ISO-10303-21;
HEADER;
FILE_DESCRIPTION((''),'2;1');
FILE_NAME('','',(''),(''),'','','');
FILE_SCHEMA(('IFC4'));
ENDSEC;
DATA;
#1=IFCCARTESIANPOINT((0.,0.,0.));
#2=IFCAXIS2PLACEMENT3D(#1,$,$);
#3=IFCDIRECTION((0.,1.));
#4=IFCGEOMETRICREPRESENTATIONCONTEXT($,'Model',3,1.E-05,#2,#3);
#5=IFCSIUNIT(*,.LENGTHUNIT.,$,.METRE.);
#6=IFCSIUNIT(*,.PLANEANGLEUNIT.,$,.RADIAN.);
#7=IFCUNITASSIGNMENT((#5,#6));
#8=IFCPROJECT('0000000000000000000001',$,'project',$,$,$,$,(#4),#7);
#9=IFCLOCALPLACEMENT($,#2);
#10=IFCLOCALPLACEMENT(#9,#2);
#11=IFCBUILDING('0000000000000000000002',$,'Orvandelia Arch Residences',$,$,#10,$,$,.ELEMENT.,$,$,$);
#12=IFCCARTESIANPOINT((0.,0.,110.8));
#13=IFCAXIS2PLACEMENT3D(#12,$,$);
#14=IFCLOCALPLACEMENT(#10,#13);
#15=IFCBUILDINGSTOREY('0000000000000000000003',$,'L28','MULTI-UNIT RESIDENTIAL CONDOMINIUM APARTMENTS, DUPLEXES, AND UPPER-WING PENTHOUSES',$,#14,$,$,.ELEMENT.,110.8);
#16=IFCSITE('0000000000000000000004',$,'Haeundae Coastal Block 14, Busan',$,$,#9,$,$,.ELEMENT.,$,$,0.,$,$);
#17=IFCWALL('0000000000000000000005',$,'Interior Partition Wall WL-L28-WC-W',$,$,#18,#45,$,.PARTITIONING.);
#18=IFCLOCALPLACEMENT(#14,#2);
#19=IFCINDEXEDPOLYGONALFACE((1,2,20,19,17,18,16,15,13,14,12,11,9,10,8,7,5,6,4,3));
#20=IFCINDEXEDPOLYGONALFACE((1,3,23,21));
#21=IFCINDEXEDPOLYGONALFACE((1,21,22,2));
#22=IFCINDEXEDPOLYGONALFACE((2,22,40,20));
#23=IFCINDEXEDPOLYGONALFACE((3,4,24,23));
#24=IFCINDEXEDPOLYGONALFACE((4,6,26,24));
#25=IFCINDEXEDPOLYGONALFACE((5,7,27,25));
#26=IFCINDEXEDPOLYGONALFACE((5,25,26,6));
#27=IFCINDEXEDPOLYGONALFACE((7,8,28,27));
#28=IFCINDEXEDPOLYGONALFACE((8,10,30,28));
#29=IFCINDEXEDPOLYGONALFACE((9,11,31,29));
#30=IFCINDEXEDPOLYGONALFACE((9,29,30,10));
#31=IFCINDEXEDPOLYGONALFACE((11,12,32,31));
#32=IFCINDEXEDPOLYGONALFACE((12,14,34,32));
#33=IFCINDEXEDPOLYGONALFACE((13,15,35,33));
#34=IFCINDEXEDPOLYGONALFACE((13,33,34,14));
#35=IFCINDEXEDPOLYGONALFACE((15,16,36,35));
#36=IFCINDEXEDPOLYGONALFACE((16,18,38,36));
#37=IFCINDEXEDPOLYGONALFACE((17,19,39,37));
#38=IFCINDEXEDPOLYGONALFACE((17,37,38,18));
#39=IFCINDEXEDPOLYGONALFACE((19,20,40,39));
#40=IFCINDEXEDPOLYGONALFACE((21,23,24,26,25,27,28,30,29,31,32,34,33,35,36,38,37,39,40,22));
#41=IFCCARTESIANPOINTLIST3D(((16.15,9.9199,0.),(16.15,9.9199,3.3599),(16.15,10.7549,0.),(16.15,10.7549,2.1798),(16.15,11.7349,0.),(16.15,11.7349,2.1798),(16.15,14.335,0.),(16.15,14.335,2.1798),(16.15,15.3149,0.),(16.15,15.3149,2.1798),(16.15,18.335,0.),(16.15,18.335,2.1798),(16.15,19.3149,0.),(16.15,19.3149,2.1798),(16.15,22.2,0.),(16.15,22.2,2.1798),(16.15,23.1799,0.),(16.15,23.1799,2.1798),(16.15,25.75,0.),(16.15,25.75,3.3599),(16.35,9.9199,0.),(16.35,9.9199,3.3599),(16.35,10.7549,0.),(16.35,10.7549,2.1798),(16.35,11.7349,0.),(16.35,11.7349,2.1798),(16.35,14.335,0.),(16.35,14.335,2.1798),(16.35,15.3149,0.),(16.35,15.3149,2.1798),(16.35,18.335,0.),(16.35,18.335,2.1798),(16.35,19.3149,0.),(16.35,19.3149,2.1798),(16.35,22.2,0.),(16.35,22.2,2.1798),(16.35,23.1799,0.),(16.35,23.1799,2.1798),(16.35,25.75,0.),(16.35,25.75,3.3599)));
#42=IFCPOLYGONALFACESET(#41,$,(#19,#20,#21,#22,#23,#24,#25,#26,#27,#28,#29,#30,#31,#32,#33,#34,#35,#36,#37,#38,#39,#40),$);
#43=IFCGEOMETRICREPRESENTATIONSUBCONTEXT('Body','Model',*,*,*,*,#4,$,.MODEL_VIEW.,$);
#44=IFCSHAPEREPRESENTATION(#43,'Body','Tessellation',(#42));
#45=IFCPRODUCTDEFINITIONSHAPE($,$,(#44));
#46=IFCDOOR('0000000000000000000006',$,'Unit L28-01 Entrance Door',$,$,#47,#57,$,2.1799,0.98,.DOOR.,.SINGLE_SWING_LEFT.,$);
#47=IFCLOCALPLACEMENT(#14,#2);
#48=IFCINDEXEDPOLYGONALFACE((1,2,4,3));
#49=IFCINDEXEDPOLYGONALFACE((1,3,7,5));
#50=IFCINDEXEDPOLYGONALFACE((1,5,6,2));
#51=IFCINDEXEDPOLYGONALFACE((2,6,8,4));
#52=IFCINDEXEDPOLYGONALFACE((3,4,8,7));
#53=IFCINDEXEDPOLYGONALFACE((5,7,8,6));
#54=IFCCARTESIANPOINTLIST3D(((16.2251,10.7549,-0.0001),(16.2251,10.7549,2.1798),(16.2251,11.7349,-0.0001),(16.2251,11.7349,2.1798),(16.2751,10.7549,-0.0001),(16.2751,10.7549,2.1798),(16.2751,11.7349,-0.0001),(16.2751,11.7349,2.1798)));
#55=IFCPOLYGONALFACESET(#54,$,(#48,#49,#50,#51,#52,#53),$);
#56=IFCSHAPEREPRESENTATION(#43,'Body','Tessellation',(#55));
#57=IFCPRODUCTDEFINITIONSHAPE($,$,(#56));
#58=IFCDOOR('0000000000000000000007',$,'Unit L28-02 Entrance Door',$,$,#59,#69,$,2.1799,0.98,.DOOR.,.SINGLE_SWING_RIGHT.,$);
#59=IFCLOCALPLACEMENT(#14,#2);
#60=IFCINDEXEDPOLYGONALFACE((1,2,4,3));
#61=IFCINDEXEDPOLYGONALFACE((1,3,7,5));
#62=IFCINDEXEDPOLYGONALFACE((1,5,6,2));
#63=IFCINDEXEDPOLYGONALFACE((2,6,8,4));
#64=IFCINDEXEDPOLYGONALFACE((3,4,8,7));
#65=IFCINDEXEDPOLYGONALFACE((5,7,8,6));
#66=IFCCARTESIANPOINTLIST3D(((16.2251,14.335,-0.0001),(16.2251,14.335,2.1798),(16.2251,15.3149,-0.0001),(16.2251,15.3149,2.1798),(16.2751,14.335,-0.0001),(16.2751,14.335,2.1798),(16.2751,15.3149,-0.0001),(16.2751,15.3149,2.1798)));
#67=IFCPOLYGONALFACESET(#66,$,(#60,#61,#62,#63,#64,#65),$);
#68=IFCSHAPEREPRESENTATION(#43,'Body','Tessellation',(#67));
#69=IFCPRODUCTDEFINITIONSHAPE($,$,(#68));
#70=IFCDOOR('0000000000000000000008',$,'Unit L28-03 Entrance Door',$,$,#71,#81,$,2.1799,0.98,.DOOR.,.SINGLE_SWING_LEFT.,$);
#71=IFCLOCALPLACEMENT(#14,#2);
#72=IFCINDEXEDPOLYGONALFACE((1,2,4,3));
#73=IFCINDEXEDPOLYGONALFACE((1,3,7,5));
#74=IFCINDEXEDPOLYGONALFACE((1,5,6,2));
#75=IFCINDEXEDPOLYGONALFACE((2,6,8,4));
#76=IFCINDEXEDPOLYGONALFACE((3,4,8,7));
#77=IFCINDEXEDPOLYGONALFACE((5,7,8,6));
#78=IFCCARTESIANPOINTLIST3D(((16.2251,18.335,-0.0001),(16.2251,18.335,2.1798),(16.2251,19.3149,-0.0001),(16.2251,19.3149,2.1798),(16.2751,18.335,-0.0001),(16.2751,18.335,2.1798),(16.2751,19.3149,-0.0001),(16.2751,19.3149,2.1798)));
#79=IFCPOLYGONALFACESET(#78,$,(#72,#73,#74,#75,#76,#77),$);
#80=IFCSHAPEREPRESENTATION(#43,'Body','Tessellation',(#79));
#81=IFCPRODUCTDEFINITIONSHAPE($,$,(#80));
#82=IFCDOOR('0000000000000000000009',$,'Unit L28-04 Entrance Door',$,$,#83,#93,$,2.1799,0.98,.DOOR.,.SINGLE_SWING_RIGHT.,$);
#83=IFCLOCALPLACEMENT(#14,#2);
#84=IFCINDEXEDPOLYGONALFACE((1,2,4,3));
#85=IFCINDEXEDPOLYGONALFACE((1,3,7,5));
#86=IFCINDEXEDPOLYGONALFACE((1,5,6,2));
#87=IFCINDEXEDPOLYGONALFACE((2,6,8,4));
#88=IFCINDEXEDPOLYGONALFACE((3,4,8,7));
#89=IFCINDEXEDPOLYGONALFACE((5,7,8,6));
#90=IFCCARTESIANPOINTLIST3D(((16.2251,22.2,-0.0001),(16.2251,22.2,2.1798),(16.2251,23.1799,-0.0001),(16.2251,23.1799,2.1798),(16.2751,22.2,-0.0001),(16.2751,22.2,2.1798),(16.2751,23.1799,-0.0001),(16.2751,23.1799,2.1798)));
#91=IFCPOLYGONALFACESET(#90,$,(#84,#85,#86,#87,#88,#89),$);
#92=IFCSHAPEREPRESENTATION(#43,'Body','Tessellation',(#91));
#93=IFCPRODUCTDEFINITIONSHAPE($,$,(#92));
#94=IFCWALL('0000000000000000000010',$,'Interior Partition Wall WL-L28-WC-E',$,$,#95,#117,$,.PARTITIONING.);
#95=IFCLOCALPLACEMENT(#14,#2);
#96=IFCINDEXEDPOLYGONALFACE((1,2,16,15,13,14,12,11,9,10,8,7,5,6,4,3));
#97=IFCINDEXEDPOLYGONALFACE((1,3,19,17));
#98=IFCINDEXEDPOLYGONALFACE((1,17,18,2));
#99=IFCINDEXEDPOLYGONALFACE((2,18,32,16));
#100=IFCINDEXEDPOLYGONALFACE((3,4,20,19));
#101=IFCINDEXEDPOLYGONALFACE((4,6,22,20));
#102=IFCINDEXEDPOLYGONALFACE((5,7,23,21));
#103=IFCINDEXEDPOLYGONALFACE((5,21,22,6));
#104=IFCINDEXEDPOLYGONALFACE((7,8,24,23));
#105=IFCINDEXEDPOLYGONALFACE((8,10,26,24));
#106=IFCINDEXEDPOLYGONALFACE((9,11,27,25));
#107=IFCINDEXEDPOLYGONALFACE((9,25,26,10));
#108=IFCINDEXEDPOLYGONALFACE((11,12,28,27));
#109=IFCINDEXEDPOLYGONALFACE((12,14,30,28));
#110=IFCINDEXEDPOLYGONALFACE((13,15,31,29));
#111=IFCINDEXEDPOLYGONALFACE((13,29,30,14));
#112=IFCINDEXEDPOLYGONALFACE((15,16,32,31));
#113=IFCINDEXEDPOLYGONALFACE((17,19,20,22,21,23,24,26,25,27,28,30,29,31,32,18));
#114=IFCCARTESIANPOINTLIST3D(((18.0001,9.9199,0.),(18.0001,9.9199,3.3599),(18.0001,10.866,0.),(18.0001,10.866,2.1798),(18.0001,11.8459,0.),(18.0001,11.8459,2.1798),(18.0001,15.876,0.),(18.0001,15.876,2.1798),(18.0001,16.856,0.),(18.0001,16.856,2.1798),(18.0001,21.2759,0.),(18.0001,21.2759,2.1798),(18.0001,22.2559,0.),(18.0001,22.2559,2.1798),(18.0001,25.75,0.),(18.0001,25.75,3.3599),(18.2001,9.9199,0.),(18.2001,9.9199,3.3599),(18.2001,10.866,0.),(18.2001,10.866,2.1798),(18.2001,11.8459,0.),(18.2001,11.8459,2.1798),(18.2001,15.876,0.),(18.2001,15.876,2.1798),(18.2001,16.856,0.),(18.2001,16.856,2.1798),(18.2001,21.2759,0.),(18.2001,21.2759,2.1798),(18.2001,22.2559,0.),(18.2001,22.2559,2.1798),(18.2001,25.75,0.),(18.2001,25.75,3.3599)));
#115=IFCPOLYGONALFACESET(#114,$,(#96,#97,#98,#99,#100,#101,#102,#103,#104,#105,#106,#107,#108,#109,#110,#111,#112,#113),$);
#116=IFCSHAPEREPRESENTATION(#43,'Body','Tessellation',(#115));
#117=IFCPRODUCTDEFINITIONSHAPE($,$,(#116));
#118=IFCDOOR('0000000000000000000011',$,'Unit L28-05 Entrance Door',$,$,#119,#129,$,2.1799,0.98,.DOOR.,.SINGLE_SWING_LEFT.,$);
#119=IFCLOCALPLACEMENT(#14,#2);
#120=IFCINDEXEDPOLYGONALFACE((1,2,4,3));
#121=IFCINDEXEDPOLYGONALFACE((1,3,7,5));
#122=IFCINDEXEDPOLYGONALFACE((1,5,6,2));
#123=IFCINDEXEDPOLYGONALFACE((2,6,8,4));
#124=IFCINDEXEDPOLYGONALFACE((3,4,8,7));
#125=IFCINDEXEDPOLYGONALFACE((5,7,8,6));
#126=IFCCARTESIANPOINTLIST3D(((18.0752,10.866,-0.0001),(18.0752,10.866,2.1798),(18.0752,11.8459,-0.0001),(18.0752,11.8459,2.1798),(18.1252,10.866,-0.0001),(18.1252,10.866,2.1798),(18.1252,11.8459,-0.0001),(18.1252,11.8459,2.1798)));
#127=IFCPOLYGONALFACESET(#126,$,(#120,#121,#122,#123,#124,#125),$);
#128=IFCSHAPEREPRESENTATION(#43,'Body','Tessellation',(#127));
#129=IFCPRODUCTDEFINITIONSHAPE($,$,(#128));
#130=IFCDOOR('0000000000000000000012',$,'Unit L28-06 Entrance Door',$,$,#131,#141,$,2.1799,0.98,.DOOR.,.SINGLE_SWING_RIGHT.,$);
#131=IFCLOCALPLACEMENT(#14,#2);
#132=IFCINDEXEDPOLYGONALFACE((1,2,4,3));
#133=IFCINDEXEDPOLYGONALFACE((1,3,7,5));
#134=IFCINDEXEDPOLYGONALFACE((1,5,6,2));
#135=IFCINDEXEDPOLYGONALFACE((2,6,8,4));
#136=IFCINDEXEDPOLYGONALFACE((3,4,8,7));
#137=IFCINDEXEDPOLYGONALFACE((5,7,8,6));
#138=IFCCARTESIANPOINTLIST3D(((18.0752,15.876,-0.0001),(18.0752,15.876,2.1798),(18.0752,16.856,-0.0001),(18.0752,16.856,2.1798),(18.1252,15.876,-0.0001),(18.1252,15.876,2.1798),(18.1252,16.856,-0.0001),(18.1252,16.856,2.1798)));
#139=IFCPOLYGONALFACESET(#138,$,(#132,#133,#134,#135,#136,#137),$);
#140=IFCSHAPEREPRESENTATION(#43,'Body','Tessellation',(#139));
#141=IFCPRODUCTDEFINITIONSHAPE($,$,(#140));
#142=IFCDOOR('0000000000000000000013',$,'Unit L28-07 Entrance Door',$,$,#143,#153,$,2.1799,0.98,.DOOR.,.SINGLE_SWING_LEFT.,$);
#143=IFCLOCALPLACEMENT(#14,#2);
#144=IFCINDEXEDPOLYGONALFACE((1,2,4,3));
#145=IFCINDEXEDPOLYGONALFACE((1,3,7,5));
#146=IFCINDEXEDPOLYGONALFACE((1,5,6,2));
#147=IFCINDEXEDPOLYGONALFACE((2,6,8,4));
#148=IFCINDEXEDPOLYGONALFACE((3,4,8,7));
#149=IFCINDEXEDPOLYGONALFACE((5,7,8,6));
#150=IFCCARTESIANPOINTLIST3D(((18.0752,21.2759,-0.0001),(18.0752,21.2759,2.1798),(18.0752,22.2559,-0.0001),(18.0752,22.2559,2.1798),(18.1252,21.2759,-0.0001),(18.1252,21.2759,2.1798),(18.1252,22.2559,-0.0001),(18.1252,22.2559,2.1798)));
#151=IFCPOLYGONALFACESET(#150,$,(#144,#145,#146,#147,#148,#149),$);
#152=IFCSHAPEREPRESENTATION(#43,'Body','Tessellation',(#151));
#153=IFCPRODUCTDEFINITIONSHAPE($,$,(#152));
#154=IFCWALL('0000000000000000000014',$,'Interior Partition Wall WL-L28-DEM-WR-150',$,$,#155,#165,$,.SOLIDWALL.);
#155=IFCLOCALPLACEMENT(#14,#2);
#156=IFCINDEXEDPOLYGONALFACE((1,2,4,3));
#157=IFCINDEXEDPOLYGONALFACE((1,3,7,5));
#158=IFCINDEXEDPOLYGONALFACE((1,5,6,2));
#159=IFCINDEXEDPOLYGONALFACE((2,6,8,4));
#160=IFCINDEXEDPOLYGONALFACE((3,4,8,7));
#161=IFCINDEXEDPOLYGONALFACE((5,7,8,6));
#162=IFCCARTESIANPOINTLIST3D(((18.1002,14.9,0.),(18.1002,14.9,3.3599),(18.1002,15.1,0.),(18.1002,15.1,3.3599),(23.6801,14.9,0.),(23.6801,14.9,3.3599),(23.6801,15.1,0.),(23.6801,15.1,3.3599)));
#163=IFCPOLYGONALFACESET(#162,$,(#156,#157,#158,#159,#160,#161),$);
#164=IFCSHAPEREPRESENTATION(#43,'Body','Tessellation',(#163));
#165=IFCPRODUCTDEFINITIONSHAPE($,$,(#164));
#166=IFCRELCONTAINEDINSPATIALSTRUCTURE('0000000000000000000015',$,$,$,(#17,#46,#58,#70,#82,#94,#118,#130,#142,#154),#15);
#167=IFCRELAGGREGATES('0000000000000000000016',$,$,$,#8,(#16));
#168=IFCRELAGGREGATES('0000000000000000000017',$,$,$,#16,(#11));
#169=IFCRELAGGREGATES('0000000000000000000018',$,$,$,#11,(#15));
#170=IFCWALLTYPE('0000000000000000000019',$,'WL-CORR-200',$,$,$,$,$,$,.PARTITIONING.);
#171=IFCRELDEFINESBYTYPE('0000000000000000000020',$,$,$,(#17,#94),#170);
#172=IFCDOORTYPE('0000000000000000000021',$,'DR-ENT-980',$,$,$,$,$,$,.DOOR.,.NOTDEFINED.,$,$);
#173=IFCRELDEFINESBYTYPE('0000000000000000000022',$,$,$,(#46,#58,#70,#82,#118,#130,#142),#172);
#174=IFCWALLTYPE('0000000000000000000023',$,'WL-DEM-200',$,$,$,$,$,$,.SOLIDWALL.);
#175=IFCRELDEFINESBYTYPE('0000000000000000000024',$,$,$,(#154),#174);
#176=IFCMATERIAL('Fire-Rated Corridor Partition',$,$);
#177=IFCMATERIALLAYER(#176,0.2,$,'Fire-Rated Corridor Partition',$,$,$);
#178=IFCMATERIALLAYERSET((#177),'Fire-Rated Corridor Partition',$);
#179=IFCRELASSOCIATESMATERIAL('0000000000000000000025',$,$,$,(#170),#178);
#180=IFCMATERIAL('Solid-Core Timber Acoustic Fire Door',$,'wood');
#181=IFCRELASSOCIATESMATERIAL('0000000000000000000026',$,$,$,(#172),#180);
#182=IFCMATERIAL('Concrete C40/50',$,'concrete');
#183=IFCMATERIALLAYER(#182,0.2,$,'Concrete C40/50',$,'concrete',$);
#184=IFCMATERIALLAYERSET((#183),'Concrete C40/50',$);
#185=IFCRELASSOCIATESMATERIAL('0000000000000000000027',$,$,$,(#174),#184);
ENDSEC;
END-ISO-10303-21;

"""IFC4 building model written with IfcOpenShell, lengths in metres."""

from ifc_helpers import new_model, si_unit, direction, frame, frame_2d, origin, place, context, subcontext, project, spatial, rectangle, extrude, material, layer, layer_set, type_object, element, fill, save


model = new_model("IFC4")

# Units and contexts
model_context = context("Model", 3, precision=1e-05, world=origin(), true_north=direction((0.0, 1.0)))
body_context = subcontext(model_context, "Body", "Model", "MODEL_VIEW")
ifc_project = project(units=[si_unit("LENGTHUNIT", "METRE"), si_unit("PLANEANGLEUNIT", "RADIAN")], contexts=[model_context])

# Site, building, storey
site_placement = place(None, origin())
site = spatial("IfcSite", under=ifc_project, at=site_placement, Name="Haeundae Coastal Block 14, Busan", CompositionType="ELEMENT", RefElevation=0.0)
building_placement = place(site_placement, origin())
building = spatial("IfcBuilding", under=site, at=building_placement, Name="Orvandelia Arch Residences", CompositionType="ELEMENT")
storey_placement = place(building_placement, frame((0.0, 0.0, 110.8)))
storey = spatial("IfcBuildingStorey", under=building, at=storey_placement, Name="L28", Description="MULTI-UNIT RESIDENTIAL CONDOMINIUM APARTMENTS, DUPLEXES, AND UPPER-WING PENTHOUSES", CompositionType="ELEMENT", Elevation=110.8)

# Walls, openings, doors
ifc_material_1 = material(Name="Fire-Rated Corridor Partition")
ifc_layer_1 = layer(ifc_material_1, 0.2, Name="Fire-Rated Corridor Partition")
ifc_layer_set_1 = layer_set([ifc_layer_1], Name="Fire-Rated Corridor Partition")
wall_type_1 = type_object("IfcWallType", Name="WL-CORR-200", PredefinedType="PARTITIONING", material=ifc_layer_set_1)
wall_1_placement = place(storey_placement, frame((16.25, 9.9199, 0.0), z_axis=(0.0, 0.0, 1.0), x_axis=(0.0, 1.0, 0.0)))
wall_1 = element("IfcWall", 1, at=wall_1_placement, inside=storey, type_object=wall_type_1, Name="Interior Partition Wall WL-L28-WC-W", PredefinedType="PARTITIONING", context=body_context, shape_type="SweptSolid", body=[
    extrude(rectangle(XDim=15.8301, YDim=0.2, at=frame_2d((7.915, 0.0))), origin(), (0.0, 0.0, 1.0), 3.3599),
])
opening_1_placement = place(wall_1_placement, frame((0.835, 0.0, 0.0)))
opening_1 = element("IfcOpeningElement", 2, at=opening_1_placement, cuts=wall_1, PredefinedType="OPENING", context=body_context, shape_type="SweptSolid", body=[
    extrude(rectangle(XDim=0.98, YDim=2.1799, at=frame_2d((0.49, 1.0898))), frame((0.0, 0.1099, 0.0), z_axis=(0.0, -1.0, 0.0), x_axis=(1.0, 0.0, 0.0)), (0.0, 0.0, 1.0), 0.22),
])
opening_2_placement = place(wall_1_placement, frame((4.415, 0.0, 0.0)))
opening_2 = element("IfcOpeningElement", 3, at=opening_2_placement, cuts=wall_1, PredefinedType="OPENING", context=body_context, shape_type="SweptSolid", body=[
    extrude(rectangle(XDim=0.98, YDim=2.1799, at=frame_2d((0.49, 1.0898))), frame((0.0, 0.1099, 0.0), z_axis=(0.0, -1.0, 0.0), x_axis=(1.0, 0.0, 0.0)), (0.0, 0.0, 1.0), 0.22),
])
opening_3_placement = place(wall_1_placement, frame((8.415, 0.0, 0.0)))
opening_3 = element("IfcOpeningElement", 4, at=opening_3_placement, cuts=wall_1, PredefinedType="OPENING", context=body_context, shape_type="SweptSolid", body=[
    extrude(rectangle(XDim=0.98, YDim=2.1799, at=frame_2d((0.49, 1.0898))), frame((0.0, 0.1099, 0.0), z_axis=(0.0, -1.0, 0.0), x_axis=(1.0, 0.0, 0.0)), (0.0, 0.0, 1.0), 0.22),
])
opening_4_placement = place(wall_1_placement, frame((12.28, 0.0, 0.0)))
opening_4 = element("IfcOpeningElement", 5, at=opening_4_placement, cuts=wall_1, PredefinedType="OPENING", context=body_context, shape_type="SweptSolid", body=[
    extrude(rectangle(XDim=0.98, YDim=2.1799, at=frame_2d((0.49, 1.0898))), frame((0.0, 0.1099, 0.0), z_axis=(0.0, -1.0, 0.0), x_axis=(1.0, 0.0, 0.0)), (0.0, 0.0, 1.0), 0.22),
])
ifc_material_2 = material(Name="Solid-Core Timber Acoustic Fire Door", Category="wood")
door_type_1 = type_object("IfcDoorType", Name="DR-ENT-980", OperationType="NOTDEFINED", PredefinedType="DOOR", material=ifc_material_2)
door_1_placement = place(opening_1_placement, origin())
door_1 = element("IfcDoor", 6, at=door_1_placement, inside=storey, type_object=door_type_1, Name="Unit L28-01 Entrance Door", OperationType="SINGLE_SWING_LEFT", OverallHeight=2.1799, OverallWidth=0.98, PredefinedType="DOOR", context=body_context, shape_type="SweptSolid", body=[
    extrude(rectangle(XDim=0.98, YDim=2.1799, at=frame_2d((0.49, 1.0898))), frame((0.0, 0.0249, 0.0), z_axis=(0.0, -1.0, 0.0), x_axis=(1.0, 0.0, 0.0)), (0.0, 0.0, 1.0), 0.05),
])
fill(opening_1, door_1)
door_2_placement = place(opening_2_placement, origin())
door_2 = element("IfcDoor", 7, at=door_2_placement, inside=storey, type_object=door_type_1, Name="Unit L28-02 Entrance Door", OperationType="SINGLE_SWING_RIGHT", OverallHeight=2.1799, OverallWidth=0.98, PredefinedType="DOOR", context=body_context, shape_type="SweptSolid", body=[
    extrude(rectangle(XDim=0.98, YDim=2.1799, at=frame_2d((0.49, 1.0898))), frame((0.0, 0.0249, 0.0), z_axis=(0.0, -1.0, 0.0), x_axis=(1.0, 0.0, 0.0)), (0.0, 0.0, 1.0), 0.05),
])
fill(opening_2, door_2)
door_3_placement = place(opening_3_placement, origin())
door_3 = element("IfcDoor", 8, at=door_3_placement, inside=storey, type_object=door_type_1, Name="Unit L28-03 Entrance Door", OperationType="SINGLE_SWING_LEFT", OverallHeight=2.1799, OverallWidth=0.98, PredefinedType="DOOR", context=body_context, shape_type="SweptSolid", body=[
    extrude(rectangle(XDim=0.98, YDim=2.1799, at=frame_2d((0.49, 1.0898))), frame((0.0, 0.0249, 0.0), z_axis=(0.0, -1.0, 0.0), x_axis=(1.0, 0.0, 0.0)), (0.0, 0.0, 1.0), 0.05),
])
fill(opening_3, door_3)
door_4_placement = place(opening_4_placement, origin())
door_4 = element("IfcDoor", 9, at=door_4_placement, inside=storey, type_object=door_type_1, Name="Unit L28-04 Entrance Door", OperationType="SINGLE_SWING_RIGHT", OverallHeight=2.1799, OverallWidth=0.98, PredefinedType="DOOR", context=body_context, shape_type="SweptSolid", body=[
    extrude(rectangle(XDim=0.98, YDim=2.1799, at=frame_2d((0.49, 1.0898))), frame((0.0, 0.0249, 0.0), z_axis=(0.0, -1.0, 0.0), x_axis=(1.0, 0.0, 0.0)), (0.0, 0.0, 1.0), 0.05),
])
fill(opening_4, door_4)
wall_2_placement = place(storey_placement, frame((18.1001, 9.9199, 0.0), z_axis=(0.0, 0.0, 1.0), x_axis=(0.0, 1.0, 0.0)))
wall_2 = element("IfcWall", 10, at=wall_2_placement, inside=storey, type_object=wall_type_1, Name="Interior Partition Wall WL-L28-WC-E", PredefinedType="PARTITIONING", context=body_context, shape_type="SweptSolid", body=[
    extrude(rectangle(XDim=15.8301, YDim=0.2, at=frame_2d((7.915, 0.0))), origin(), (0.0, 0.0, 1.0), 3.3599),
])
opening_5_placement = place(wall_2_placement, frame((0.946, 0.0, 0.0)))
opening_5 = element("IfcOpeningElement", 11, at=opening_5_placement, cuts=wall_2, PredefinedType="OPENING", context=body_context, shape_type="SweptSolid", body=[
    extrude(rectangle(XDim=0.98, YDim=2.1799, at=frame_2d((0.49, 1.0898))), frame((0.0, 0.1099, 0.0), z_axis=(0.0, -1.0, 0.0), x_axis=(1.0, 0.0, 0.0)), (0.0, 0.0, 1.0), 0.22),
])
opening_6_placement = place(wall_2_placement, frame((5.9561, 0.0, 0.0)))
opening_6 = element("IfcOpeningElement", 12, at=opening_6_placement, cuts=wall_2, PredefinedType="OPENING", context=body_context, shape_type="SweptSolid", body=[
    extrude(rectangle(XDim=0.98, YDim=2.1799, at=frame_2d((0.49, 1.0898))), frame((0.0, 0.1099, 0.0), z_axis=(0.0, -1.0, 0.0), x_axis=(1.0, 0.0, 0.0)), (0.0, 0.0, 1.0), 0.22),
])
opening_7_placement = place(wall_2_placement, frame((11.356, 0.0, 0.0)))
opening_7 = element("IfcOpeningElement", 13, at=opening_7_placement, cuts=wall_2, PredefinedType="OPENING", context=body_context, shape_type="SweptSolid", body=[
    extrude(rectangle(XDim=0.98, YDim=2.1799, at=frame_2d((0.49, 1.0898))), frame((0.0, 0.1099, 0.0), z_axis=(0.0, -1.0, 0.0), x_axis=(1.0, 0.0, 0.0)), (0.0, 0.0, 1.0), 0.22),
])
door_5_placement = place(opening_5_placement, origin())
door_5 = element("IfcDoor", 14, at=door_5_placement, inside=storey, type_object=door_type_1, Name="Unit L28-05 Entrance Door", OperationType="SINGLE_SWING_LEFT", OverallHeight=2.1799, OverallWidth=0.98, PredefinedType="DOOR", context=body_context, shape_type="SweptSolid", body=[
    extrude(rectangle(XDim=0.98, YDim=2.1799, at=frame_2d((0.49, 1.0898))), frame((0.0, 0.0249, 0.0), z_axis=(0.0, -1.0, 0.0), x_axis=(1.0, 0.0, 0.0)), (0.0, 0.0, 1.0), 0.05),
])
fill(opening_5, door_5)
door_6_placement = place(opening_6_placement, origin())
door_6 = element("IfcDoor", 15, at=door_6_placement, inside=storey, type_object=door_type_1, Name="Unit L28-06 Entrance Door", OperationType="SINGLE_SWING_RIGHT", OverallHeight=2.1799, OverallWidth=0.98, PredefinedType="DOOR", context=body_context, shape_type="SweptSolid", body=[
    extrude(rectangle(XDim=0.98, YDim=2.1799, at=frame_2d((0.49, 1.0898))), frame((0.0, 0.0249, 0.0), z_axis=(0.0, -1.0, 0.0), x_axis=(1.0, 0.0, 0.0)), (0.0, 0.0, 1.0), 0.05),
])
fill(opening_6, door_6)
door_7_placement = place(opening_7_placement, origin())
door_7 = element("IfcDoor", 16, at=door_7_placement, inside=storey, type_object=door_type_1, Name="Unit L28-07 Entrance Door", OperationType="SINGLE_SWING_LEFT", OverallHeight=2.1799, OverallWidth=0.98, PredefinedType="DOOR", context=body_context, shape_type="SweptSolid", body=[
    extrude(rectangle(XDim=0.98, YDim=2.1799, at=frame_2d((0.49, 1.0898))), frame((0.0, 0.0249, 0.0), z_axis=(0.0, -1.0, 0.0), x_axis=(1.0, 0.0, 0.0)), (0.0, 0.0, 1.0), 0.05),
])
fill(opening_7, door_7)

# Wall
ifc_material_3 = material(Name="Concrete C40/50", Category="concrete")
ifc_layer_2 = layer(ifc_material_3, 0.2, Name="Concrete C40/50", Category="concrete")
ifc_layer_set_2 = layer_set([ifc_layer_2], Name="Concrete C40/50")
wall_type_2 = type_object("IfcWallType", Name="WL-DEM-200", PredefinedType="SOLIDWALL", material=ifc_layer_set_2)
wall_3_placement = place(storey_placement, frame((18.1001, 15.0, 0.0), z_axis=(0.0, 0.0, 1.0), x_axis=(1.0, 0.0, 0.0)))
element("IfcWall", 17, at=wall_3_placement, inside=storey, type_object=wall_type_2, Name="Interior Partition Wall WL-L28-DEM-WR-150", PredefinedType="SOLIDWALL", context=body_context, shape_type="SweptSolid", body=[
    extrude(rectangle(XDim=5.5798, YDim=0.2, at=frame_2d((2.79, 0.0))), origin(), (0.0, 0.0, 1.0), 3.3599),
])

save(model, "model.ifc")
